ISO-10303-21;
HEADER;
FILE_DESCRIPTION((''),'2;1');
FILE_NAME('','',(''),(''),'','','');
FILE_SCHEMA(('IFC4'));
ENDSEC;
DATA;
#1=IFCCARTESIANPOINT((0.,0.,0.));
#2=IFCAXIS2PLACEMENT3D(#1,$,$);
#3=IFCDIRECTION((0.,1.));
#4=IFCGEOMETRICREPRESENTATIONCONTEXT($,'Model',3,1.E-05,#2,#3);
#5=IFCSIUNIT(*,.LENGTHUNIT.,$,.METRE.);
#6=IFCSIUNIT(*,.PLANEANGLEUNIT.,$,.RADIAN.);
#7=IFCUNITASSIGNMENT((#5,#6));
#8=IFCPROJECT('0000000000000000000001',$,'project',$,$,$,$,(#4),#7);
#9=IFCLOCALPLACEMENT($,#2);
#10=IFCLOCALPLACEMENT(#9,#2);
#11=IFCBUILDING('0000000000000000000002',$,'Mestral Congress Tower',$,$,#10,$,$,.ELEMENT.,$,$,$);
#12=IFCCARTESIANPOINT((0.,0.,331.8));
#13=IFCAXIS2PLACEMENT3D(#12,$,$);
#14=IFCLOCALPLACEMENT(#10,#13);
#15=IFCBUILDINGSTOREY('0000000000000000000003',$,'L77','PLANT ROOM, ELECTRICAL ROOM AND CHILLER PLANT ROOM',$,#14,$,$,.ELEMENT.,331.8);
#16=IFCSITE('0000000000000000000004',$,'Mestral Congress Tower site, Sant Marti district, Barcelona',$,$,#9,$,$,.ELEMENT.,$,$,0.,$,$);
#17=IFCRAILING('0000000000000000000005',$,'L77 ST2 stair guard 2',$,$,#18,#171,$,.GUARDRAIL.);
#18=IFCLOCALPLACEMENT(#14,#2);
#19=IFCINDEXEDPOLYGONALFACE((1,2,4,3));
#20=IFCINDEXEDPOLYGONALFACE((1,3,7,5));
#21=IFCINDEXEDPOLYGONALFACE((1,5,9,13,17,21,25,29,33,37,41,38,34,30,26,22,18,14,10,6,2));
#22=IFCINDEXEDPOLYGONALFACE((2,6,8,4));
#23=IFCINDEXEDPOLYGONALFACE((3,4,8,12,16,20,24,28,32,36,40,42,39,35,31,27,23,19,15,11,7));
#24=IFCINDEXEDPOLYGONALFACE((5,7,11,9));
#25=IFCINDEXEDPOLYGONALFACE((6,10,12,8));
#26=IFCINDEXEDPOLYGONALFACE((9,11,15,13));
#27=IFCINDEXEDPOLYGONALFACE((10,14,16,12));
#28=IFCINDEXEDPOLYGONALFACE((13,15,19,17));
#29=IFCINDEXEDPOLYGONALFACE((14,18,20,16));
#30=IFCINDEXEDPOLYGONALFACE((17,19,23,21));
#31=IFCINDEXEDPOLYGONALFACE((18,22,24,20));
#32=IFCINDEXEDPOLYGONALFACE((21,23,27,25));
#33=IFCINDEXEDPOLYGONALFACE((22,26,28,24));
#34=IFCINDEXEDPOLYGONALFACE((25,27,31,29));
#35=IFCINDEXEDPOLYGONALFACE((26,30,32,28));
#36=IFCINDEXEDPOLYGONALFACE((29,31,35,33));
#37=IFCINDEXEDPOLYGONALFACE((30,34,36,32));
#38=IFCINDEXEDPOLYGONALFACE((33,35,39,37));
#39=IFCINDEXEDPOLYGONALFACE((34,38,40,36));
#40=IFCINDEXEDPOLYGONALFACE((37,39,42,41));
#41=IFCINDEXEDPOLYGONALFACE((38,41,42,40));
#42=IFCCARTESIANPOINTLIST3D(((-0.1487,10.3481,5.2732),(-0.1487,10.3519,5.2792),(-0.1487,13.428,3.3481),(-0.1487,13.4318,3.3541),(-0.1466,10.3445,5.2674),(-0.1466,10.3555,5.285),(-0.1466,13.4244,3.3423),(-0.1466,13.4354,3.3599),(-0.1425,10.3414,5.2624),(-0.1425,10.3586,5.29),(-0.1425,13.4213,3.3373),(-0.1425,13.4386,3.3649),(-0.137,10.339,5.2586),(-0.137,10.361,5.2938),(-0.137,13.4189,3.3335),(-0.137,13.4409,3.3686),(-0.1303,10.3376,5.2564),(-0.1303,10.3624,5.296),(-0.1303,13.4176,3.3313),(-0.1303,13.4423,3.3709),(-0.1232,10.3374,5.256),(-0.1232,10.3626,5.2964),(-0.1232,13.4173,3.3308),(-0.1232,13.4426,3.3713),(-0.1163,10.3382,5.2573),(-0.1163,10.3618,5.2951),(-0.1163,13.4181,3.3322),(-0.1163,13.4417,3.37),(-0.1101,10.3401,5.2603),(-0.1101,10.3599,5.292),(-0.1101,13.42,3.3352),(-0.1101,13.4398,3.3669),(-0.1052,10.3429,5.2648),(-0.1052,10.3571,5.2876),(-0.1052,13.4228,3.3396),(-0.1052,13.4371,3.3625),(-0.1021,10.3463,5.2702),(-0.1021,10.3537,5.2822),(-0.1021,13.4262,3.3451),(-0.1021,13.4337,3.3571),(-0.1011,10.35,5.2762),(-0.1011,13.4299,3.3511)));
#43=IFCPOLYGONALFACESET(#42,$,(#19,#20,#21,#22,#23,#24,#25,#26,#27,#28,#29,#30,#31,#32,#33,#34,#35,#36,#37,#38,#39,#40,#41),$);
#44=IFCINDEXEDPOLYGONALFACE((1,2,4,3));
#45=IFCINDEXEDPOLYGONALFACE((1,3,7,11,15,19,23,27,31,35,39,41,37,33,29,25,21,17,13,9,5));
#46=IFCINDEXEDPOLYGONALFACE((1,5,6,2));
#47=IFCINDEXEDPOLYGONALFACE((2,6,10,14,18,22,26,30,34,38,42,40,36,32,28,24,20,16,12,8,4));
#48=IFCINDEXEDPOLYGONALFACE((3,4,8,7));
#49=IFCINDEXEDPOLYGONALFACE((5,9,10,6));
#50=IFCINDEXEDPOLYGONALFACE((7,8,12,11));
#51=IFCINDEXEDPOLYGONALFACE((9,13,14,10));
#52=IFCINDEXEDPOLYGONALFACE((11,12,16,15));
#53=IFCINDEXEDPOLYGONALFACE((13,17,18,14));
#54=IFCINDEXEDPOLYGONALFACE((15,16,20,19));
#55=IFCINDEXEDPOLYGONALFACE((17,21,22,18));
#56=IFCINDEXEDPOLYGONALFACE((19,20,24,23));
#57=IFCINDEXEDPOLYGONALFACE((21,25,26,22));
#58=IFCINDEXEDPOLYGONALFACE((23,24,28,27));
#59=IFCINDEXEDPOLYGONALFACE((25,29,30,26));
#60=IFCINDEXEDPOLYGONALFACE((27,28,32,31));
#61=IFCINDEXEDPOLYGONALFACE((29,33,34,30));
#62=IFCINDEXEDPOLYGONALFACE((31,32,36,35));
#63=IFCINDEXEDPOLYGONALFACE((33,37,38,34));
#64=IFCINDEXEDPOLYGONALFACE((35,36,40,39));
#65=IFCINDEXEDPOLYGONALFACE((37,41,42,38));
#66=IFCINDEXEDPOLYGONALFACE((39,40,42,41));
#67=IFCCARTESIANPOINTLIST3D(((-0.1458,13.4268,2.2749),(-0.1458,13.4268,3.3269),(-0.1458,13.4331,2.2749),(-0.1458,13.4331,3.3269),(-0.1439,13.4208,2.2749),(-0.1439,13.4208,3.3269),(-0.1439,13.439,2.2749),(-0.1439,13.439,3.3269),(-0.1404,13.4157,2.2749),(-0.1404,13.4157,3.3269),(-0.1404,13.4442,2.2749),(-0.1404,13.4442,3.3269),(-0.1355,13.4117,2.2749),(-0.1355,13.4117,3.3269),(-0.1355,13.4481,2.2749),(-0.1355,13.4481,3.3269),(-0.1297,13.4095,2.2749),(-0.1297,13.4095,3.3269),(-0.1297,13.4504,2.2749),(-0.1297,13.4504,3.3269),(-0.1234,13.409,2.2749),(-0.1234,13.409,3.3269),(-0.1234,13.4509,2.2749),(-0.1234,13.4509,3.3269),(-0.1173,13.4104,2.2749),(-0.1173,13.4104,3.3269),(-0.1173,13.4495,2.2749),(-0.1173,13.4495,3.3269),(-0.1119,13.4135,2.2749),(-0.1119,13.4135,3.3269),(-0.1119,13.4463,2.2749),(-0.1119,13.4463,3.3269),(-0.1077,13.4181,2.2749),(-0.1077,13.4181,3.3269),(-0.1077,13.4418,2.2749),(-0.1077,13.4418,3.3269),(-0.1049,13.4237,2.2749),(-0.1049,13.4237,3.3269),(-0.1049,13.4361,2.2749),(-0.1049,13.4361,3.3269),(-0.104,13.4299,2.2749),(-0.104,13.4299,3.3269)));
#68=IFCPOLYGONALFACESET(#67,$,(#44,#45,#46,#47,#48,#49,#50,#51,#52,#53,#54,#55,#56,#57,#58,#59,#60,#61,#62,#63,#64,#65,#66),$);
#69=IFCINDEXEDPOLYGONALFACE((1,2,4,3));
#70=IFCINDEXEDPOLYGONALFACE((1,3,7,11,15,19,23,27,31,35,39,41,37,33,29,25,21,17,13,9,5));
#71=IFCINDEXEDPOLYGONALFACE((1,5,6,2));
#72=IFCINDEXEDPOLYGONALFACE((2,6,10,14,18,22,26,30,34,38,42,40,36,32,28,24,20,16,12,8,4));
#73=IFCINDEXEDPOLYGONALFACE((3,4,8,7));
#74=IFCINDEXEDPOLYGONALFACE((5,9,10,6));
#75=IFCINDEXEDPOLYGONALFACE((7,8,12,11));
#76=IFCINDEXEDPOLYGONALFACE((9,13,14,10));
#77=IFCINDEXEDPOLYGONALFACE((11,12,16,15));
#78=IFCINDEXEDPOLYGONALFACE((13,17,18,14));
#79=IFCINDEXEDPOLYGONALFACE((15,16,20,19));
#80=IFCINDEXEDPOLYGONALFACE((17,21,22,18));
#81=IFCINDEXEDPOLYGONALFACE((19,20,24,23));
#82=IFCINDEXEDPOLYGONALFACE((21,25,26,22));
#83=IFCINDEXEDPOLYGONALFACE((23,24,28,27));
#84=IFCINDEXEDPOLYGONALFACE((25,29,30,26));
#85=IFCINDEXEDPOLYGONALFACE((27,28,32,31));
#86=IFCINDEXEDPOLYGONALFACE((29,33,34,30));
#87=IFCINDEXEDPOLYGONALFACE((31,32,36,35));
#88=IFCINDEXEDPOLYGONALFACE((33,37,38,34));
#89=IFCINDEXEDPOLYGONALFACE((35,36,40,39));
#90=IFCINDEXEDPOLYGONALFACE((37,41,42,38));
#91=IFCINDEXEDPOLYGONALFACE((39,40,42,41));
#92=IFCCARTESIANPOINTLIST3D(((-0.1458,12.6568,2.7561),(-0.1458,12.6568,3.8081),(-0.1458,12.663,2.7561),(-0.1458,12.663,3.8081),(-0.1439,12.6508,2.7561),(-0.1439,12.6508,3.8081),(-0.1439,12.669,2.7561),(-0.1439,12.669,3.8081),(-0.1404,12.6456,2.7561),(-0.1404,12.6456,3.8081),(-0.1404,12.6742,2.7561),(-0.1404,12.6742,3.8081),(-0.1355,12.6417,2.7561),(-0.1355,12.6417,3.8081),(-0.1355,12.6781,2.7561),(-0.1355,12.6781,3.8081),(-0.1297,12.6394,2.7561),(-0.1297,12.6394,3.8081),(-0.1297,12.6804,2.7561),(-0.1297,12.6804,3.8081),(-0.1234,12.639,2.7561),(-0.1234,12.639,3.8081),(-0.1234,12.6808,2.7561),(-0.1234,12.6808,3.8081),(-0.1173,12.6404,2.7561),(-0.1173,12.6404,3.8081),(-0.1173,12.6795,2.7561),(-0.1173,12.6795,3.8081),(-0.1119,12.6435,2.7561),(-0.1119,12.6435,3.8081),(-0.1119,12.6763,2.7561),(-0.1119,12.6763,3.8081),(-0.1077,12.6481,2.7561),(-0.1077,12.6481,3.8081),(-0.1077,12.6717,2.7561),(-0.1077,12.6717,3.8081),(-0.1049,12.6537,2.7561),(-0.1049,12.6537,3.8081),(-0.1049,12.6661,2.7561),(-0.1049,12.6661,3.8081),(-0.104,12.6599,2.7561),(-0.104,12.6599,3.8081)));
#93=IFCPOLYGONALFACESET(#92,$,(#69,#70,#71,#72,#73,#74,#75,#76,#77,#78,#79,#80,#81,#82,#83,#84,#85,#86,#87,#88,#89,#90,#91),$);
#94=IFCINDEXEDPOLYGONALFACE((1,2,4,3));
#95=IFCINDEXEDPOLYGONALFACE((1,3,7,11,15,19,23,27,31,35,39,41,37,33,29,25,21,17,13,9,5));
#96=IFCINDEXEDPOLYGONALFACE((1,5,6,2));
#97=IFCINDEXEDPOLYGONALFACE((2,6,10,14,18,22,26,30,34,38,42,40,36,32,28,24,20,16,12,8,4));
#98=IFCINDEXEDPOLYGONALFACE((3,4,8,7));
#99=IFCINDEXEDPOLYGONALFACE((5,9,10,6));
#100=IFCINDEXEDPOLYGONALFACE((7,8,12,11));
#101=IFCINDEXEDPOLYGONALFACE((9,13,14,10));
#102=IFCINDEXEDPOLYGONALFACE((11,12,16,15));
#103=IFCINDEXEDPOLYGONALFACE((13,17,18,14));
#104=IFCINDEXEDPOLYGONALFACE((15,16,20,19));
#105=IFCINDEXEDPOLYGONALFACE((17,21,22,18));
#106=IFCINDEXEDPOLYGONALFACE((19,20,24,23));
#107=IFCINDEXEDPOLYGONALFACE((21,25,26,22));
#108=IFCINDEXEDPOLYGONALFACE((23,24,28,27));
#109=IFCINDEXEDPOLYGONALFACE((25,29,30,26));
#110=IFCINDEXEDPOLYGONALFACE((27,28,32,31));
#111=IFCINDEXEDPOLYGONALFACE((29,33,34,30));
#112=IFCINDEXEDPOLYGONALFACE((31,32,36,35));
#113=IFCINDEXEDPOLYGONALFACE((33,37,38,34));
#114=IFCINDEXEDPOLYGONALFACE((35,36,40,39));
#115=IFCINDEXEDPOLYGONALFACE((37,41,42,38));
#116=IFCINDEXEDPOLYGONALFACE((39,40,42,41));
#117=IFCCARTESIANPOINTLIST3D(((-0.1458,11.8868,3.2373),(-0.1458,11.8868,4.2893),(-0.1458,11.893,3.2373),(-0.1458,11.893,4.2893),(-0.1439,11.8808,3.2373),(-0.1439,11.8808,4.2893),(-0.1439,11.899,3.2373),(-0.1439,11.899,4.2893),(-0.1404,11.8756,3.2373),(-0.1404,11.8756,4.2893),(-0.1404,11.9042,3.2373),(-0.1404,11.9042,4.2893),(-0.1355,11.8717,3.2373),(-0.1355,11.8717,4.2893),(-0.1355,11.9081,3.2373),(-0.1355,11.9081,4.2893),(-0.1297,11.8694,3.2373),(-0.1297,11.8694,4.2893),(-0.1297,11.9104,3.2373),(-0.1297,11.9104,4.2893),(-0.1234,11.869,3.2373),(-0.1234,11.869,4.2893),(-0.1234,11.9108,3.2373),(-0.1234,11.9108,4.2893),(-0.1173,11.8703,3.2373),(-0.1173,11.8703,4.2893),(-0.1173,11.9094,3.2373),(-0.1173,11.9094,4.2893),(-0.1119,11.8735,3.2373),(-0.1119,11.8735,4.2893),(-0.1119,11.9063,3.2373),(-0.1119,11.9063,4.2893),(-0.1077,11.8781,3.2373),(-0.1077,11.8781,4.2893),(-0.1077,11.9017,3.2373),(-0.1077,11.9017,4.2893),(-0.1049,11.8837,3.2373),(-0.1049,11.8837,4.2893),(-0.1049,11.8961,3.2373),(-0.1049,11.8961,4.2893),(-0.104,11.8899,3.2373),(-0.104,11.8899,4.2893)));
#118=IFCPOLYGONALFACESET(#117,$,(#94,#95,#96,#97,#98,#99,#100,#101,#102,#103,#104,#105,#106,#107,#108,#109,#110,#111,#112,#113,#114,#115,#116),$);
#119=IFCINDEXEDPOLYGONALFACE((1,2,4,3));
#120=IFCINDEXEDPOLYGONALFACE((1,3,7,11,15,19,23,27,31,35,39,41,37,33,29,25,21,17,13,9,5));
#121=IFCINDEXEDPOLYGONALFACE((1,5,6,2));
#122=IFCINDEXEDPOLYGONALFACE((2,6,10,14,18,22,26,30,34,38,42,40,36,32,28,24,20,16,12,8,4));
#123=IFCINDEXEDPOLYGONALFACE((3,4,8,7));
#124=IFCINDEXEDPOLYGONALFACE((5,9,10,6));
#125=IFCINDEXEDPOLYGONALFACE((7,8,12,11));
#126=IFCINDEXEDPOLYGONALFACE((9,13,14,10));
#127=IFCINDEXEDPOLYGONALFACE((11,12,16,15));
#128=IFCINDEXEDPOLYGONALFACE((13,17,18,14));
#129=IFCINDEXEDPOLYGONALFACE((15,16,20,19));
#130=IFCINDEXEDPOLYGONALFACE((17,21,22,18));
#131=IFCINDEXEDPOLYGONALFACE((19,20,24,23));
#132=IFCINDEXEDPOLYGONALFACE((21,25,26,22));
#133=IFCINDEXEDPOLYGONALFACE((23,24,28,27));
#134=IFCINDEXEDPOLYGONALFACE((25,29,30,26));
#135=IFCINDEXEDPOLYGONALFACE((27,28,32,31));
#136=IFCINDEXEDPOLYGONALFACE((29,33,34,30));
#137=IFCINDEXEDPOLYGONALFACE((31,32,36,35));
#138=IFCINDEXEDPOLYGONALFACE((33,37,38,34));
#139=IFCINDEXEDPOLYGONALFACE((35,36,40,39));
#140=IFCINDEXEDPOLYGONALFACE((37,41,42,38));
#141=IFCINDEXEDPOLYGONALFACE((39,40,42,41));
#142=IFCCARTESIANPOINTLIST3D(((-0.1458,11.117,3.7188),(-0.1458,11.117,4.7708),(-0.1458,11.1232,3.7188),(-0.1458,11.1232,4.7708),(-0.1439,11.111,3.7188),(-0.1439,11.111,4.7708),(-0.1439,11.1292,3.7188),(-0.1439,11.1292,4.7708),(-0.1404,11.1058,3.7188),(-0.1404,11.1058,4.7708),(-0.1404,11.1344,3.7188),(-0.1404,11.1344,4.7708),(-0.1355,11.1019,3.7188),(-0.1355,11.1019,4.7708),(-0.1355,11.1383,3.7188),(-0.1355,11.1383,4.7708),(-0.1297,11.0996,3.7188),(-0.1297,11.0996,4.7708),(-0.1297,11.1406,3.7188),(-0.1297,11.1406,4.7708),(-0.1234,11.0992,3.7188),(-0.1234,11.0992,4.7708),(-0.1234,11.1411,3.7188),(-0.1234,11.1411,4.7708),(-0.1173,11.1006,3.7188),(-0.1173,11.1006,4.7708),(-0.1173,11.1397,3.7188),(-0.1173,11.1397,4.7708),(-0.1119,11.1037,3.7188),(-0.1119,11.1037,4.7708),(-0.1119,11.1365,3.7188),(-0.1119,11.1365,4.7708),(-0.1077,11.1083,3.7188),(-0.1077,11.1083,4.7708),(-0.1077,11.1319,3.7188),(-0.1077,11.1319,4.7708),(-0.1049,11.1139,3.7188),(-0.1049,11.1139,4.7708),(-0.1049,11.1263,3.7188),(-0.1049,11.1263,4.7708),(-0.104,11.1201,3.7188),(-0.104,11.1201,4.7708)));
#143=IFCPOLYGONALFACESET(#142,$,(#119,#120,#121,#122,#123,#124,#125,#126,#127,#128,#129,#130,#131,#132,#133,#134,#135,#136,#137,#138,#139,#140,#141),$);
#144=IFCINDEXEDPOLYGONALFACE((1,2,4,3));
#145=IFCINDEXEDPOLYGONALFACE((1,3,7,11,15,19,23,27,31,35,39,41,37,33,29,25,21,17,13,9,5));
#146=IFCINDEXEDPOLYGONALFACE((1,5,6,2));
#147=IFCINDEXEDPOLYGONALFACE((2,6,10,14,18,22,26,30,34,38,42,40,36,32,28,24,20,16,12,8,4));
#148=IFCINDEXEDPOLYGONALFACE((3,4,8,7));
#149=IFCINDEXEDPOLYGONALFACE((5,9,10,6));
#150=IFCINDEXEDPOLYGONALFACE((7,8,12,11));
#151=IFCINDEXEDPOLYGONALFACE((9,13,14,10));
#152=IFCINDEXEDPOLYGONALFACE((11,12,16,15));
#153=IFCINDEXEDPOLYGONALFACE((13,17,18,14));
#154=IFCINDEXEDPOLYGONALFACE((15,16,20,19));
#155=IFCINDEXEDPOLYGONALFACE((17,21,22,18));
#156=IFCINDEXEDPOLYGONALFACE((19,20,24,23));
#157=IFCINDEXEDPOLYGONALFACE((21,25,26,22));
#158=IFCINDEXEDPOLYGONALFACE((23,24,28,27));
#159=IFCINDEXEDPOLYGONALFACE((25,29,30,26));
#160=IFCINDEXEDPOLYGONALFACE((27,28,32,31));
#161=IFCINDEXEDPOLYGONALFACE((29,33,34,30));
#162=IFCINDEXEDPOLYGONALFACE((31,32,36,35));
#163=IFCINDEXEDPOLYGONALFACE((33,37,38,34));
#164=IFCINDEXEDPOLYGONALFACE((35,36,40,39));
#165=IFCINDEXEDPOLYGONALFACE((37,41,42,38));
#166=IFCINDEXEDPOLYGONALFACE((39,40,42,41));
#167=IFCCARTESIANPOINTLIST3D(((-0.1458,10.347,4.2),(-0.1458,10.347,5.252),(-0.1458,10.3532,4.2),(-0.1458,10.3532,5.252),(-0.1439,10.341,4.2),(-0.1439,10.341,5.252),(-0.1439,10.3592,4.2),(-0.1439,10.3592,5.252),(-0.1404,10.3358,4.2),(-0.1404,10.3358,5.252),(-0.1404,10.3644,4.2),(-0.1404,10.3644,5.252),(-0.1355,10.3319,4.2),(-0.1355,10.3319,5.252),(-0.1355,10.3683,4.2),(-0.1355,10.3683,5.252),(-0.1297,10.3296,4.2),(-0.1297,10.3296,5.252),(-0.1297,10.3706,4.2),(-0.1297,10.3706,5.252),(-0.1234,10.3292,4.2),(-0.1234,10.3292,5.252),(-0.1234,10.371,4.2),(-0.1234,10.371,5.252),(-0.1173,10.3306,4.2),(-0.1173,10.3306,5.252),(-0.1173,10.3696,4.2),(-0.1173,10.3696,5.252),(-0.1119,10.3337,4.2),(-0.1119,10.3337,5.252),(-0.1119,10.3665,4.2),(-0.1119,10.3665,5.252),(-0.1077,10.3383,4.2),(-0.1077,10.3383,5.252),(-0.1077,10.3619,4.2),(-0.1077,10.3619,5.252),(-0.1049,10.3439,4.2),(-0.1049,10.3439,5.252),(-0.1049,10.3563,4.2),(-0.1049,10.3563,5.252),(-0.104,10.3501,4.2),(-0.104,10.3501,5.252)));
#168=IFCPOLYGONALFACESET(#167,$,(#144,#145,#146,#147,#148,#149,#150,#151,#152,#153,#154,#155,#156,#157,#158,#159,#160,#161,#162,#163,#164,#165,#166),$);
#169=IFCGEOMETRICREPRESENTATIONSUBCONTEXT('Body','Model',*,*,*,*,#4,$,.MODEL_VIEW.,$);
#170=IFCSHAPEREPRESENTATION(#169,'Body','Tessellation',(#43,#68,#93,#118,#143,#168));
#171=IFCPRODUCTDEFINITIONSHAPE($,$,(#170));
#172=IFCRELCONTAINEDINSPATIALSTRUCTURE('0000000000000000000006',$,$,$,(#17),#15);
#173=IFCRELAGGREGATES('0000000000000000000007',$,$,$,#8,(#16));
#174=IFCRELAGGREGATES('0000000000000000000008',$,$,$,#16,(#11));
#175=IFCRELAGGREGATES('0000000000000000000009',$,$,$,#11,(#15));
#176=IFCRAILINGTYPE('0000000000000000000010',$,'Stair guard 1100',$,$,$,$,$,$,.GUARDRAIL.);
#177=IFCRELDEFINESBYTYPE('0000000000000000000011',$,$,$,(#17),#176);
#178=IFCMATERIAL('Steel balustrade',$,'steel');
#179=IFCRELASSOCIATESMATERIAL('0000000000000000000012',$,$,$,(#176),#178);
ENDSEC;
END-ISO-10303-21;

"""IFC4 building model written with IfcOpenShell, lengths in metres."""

from ifc_helpers import new_model, si_unit, direction, frame, origin, origin_2d, place, context, subcontext, project, spatial, circle, extrude, material, type_object, element, save


model = new_model("IFC4")

# Units and contexts
model_context = context("Model", 3, precision=1e-05, world=origin(), true_north=direction((0.0, 1.0)))
body_context = subcontext(model_context, "Body", "Model", "MODEL_VIEW")
ifc_project = project(units=[si_unit("LENGTHUNIT", "METRE"), si_unit("PLANEANGLEUNIT", "RADIAN")], contexts=[model_context])

# Site, building, storey
site_placement = place(None, origin())
site = spatial("IfcSite", under=ifc_project, at=site_placement, Name="Mestral Congress Tower site, Sant Marti district, Barcelona", CompositionType="ELEMENT", RefElevation=0.0)
building_placement = place(site_placement, origin())
building = spatial("IfcBuilding", under=site, at=building_placement, Name="Mestral Congress Tower", CompositionType="ELEMENT")
storey_placement = place(building_placement, frame((0.0, 0.0, 331.8)))
storey = spatial("IfcBuildingStorey", under=building, at=storey_placement, Name="L77", Description="PLANT ROOM, ELECTRICAL ROOM AND CHILLER PLANT ROOM", CompositionType="ELEMENT", Elevation=331.8)

# Railing
ifc_material_1 = material(Name="Steel balustrade", Category="steel")
railing_type = type_object("IfcRailingType", Name="Stair guard 1100", PredefinedType="GUARDRAIL", material=ifc_material_1)
railing_placement = place(storey_placement, frame((-0.125, 13.4299, 2.2749)))
element("IfcRailing", 1, at=railing_placement, inside=storey, type_object=railing_type, Name="L77 ST2 stair guard 2", PredefinedType="GUARDRAIL", context=body_context, shape_type="SweptSolid", body=[
    extrude(circle(Radius=0.0239, at=origin_2d()), frame((0.0, 0.0, 1.0762), z_axis=(0.0, -0.847979, 0.530029), x_axis=(1.0, 0.0, 0.0)), (0.0, 0.0, 1.0), 3.6321),
    extrude(circle(Radius=0.021, at=origin_2d()), origin(), (0.0, 0.0, 1.0), 1.052),
    extrude(circle(Radius=0.021, at=origin_2d()), frame((0.0, -0.77, 0.4812)), (0.0, 0.0, 1.0), 1.052),
    extrude(circle(Radius=0.021, at=origin_2d()), frame((0.0, -1.54, 0.9624)), (0.0, 0.0, 1.0), 1.052),
    extrude(circle(Radius=0.021, at=origin_2d()), frame((0.0, -2.3098, 1.4438)), (0.0, 0.0, 1.0), 1.052),
    extrude(circle(Radius=0.021, at=origin_2d()), frame((0.0, -3.0798, 1.925)), (0.0, 0.0, 1.0), 1.052),
])

save(model, "model.ifc")
